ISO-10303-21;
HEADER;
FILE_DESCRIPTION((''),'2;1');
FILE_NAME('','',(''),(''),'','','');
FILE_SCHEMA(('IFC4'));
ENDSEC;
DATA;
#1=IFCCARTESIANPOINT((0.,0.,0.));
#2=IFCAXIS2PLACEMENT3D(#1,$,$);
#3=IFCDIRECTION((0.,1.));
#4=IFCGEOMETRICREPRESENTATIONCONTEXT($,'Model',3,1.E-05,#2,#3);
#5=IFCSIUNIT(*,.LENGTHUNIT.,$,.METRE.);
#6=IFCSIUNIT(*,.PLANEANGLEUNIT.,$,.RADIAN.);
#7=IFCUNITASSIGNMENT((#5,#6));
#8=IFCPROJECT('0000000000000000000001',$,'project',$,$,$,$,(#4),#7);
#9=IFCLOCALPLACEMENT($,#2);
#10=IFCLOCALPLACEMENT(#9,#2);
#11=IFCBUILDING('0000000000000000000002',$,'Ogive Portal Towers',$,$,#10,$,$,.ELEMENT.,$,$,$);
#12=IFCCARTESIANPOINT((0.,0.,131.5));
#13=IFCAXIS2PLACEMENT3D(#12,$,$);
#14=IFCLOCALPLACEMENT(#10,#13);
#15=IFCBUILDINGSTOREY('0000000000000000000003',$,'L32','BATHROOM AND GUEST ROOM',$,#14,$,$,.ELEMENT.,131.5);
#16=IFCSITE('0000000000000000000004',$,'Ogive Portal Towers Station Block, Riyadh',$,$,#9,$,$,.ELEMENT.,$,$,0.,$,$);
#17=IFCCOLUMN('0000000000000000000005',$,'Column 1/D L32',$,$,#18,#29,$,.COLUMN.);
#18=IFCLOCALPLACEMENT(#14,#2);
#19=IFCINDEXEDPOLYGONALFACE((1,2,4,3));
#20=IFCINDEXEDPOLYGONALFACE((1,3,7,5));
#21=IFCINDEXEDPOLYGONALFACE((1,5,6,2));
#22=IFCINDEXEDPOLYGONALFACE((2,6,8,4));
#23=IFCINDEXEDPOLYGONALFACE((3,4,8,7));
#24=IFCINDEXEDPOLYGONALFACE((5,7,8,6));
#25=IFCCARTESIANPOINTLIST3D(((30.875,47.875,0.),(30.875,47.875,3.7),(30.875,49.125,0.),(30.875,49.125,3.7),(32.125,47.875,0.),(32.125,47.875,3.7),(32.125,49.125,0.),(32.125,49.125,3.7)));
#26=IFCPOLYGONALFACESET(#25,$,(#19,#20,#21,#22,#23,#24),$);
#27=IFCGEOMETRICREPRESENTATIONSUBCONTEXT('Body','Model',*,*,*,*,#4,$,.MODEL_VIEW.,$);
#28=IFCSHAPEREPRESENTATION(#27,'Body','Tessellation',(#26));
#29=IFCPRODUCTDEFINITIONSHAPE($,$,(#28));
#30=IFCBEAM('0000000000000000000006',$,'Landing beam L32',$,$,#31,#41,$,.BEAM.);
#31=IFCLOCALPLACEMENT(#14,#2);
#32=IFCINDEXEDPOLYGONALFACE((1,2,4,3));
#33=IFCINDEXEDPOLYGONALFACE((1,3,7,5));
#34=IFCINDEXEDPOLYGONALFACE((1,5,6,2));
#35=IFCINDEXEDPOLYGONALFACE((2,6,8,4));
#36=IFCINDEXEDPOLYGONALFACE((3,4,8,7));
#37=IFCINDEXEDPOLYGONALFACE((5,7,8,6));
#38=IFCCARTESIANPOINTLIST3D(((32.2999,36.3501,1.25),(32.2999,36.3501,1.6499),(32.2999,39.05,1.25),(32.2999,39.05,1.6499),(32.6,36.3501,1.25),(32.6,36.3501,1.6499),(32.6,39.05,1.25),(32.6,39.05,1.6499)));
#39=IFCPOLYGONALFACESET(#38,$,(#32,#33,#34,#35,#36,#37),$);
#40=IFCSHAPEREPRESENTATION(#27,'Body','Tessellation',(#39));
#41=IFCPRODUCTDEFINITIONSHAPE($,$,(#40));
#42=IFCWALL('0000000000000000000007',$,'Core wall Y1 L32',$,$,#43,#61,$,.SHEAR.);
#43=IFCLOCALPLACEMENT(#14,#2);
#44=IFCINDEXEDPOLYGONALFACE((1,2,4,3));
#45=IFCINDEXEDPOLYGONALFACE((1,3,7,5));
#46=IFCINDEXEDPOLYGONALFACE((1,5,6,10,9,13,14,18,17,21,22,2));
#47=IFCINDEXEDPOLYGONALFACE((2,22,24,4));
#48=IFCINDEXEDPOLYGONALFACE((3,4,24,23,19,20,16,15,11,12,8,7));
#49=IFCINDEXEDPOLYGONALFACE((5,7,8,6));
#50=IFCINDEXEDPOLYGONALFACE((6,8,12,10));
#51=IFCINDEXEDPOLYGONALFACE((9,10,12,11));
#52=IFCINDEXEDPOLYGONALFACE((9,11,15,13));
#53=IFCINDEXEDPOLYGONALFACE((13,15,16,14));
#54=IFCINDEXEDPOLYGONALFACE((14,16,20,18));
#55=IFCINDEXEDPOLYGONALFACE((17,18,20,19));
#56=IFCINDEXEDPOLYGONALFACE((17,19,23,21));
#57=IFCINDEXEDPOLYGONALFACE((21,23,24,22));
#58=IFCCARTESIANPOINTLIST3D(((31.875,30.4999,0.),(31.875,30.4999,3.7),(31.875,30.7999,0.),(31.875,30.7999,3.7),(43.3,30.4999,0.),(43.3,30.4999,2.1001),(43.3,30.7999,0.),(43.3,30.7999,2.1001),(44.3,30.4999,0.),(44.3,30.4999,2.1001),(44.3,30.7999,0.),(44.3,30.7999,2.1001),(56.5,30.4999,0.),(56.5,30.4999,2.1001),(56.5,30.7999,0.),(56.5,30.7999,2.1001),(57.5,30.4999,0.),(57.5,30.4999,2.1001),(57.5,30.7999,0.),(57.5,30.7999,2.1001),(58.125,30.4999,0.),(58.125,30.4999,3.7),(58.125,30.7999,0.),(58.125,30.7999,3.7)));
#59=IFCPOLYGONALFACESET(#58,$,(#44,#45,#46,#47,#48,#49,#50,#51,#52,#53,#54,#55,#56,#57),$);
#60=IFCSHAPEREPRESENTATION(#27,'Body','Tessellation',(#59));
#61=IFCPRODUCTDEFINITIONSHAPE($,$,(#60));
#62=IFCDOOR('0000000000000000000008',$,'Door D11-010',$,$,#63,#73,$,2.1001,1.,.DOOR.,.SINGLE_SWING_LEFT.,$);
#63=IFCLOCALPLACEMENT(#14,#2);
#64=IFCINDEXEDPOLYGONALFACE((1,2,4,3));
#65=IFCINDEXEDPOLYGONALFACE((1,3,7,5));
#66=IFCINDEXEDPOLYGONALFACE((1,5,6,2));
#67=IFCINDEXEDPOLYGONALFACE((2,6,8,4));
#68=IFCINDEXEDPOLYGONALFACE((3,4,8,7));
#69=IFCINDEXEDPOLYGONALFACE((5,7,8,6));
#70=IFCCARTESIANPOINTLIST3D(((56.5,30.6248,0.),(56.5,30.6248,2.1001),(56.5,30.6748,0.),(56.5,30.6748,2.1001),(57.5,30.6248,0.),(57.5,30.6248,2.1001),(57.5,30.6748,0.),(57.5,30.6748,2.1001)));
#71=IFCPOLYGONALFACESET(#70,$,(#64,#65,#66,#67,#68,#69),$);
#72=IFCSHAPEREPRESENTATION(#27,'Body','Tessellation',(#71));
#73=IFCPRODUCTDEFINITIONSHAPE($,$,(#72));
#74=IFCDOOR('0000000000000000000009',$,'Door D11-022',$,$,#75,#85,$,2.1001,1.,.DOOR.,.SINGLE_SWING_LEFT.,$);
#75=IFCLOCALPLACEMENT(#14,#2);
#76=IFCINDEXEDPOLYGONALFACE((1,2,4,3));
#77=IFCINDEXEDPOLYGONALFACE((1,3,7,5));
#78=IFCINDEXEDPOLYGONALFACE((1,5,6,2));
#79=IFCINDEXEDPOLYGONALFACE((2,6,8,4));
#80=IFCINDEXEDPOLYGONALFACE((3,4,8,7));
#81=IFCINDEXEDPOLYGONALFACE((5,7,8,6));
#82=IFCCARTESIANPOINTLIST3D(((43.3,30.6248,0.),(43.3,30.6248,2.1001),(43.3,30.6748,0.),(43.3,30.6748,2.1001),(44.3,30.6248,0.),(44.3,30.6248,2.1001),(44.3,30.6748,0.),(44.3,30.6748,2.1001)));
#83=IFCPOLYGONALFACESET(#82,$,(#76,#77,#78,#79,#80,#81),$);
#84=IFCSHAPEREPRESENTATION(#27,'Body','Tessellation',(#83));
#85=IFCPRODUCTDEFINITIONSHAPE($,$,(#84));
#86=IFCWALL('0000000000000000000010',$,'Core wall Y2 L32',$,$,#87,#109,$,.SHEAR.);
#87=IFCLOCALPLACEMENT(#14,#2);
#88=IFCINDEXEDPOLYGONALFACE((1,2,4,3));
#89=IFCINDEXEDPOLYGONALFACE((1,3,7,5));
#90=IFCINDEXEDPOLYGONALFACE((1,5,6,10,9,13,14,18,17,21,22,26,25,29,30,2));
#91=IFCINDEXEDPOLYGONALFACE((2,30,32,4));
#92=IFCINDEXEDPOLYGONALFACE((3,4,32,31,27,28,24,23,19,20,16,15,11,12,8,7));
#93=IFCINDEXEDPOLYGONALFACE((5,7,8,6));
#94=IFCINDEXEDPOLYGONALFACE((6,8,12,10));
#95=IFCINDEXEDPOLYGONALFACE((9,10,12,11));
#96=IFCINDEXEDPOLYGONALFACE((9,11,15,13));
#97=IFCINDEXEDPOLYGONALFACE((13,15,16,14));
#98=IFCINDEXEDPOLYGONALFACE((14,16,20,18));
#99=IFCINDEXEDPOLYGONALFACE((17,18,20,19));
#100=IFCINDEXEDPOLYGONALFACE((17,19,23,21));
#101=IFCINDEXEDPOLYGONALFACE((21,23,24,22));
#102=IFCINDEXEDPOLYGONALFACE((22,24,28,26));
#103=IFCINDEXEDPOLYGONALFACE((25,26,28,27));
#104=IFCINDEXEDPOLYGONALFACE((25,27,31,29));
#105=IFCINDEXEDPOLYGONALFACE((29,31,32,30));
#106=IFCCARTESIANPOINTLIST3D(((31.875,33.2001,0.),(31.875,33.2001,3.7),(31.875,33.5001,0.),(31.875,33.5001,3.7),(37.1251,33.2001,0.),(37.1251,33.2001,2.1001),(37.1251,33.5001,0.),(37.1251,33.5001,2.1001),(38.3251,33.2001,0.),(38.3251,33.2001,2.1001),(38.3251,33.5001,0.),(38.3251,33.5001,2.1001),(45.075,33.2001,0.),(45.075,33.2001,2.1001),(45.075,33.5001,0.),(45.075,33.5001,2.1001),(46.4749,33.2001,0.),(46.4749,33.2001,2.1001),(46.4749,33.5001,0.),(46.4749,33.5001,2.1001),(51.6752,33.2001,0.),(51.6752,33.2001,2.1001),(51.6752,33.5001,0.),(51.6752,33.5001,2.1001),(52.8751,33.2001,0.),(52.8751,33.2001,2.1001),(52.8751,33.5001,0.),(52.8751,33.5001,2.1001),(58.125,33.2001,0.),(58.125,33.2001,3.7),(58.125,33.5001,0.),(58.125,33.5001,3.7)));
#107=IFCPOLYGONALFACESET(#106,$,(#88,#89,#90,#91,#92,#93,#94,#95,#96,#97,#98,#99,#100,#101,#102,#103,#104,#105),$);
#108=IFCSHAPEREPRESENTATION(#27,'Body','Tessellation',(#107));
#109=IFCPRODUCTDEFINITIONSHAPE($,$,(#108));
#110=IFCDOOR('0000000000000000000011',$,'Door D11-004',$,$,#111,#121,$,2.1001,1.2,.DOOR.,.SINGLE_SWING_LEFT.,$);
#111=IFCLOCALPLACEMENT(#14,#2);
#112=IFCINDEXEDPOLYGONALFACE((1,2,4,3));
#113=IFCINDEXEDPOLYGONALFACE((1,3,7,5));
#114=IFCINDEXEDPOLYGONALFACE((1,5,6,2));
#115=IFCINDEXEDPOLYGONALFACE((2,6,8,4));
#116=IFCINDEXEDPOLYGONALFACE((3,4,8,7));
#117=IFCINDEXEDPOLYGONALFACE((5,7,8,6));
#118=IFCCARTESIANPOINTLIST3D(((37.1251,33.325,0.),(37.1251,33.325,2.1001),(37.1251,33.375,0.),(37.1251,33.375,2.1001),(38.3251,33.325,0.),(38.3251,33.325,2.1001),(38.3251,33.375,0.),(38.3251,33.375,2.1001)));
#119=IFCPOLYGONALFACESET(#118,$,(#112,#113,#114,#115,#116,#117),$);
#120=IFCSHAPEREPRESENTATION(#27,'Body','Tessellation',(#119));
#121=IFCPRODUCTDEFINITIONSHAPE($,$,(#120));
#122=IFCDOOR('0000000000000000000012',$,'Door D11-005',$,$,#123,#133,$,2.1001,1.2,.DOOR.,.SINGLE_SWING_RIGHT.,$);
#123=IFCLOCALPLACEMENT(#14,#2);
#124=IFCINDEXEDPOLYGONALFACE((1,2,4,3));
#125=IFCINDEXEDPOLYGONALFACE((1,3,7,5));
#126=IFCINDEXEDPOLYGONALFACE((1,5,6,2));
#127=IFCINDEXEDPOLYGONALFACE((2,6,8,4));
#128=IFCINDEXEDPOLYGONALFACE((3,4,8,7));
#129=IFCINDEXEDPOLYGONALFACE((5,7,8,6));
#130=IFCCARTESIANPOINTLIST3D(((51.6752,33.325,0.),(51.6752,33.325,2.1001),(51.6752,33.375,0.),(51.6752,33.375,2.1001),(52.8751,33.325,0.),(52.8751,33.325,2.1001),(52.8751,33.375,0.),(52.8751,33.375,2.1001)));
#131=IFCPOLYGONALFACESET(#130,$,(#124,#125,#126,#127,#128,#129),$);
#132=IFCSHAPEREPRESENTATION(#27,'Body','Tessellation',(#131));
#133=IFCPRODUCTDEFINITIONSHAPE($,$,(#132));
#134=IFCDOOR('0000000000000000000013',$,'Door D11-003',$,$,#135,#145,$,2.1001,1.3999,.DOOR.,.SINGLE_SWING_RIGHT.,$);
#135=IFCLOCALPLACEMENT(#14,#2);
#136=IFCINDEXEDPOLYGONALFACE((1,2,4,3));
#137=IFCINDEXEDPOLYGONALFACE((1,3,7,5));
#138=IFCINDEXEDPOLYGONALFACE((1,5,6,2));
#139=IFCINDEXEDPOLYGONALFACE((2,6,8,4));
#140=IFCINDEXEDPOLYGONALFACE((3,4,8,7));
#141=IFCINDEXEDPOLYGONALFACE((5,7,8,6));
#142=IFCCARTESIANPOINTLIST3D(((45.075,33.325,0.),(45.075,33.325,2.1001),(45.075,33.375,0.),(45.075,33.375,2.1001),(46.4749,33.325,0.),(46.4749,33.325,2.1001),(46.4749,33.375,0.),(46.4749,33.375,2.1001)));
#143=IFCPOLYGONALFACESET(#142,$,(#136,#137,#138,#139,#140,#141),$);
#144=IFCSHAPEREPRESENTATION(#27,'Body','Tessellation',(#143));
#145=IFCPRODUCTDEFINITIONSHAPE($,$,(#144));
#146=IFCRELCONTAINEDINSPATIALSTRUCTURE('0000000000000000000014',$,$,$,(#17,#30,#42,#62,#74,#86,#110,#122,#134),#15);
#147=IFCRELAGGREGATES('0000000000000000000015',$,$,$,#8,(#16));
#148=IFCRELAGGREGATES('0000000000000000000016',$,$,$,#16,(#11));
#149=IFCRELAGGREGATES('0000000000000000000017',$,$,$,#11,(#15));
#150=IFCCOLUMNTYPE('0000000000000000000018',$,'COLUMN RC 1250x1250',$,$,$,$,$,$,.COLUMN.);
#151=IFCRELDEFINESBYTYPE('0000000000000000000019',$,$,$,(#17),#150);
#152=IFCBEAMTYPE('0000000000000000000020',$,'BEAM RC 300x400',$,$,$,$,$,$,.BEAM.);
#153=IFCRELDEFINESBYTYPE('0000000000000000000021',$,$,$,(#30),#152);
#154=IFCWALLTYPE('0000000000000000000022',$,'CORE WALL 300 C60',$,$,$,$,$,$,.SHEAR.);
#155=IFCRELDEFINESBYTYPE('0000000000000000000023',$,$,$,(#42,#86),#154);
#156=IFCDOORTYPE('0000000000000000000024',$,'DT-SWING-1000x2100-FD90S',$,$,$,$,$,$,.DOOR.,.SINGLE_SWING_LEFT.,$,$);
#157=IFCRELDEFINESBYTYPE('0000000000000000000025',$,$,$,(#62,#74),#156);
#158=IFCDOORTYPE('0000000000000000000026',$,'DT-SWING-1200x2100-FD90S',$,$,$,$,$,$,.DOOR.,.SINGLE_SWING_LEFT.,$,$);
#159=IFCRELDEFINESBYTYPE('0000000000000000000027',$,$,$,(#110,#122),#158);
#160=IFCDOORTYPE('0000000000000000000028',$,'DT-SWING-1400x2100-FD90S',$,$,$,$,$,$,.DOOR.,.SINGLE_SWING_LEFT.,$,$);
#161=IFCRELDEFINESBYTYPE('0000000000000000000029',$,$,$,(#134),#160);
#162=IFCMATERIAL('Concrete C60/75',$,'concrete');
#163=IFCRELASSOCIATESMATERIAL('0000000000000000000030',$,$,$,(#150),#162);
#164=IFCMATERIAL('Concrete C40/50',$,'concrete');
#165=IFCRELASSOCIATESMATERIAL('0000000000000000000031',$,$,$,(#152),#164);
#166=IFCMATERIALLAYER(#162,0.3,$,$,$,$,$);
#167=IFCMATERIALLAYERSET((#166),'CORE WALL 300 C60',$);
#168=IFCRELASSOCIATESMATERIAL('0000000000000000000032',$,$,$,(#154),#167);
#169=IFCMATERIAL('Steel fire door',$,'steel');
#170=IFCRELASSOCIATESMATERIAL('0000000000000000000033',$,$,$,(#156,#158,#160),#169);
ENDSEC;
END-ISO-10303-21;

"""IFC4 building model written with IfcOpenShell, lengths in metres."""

from ifc_helpers import new_model, si_unit, direction, frame, frame_2d, origin, origin_2d, place, context, subcontext, project, spatial, rectangle, extrude, material, layer, layer_set, material_profile, profile_set, type_object, element, fill, save


model = new_model("IFC4")

# Units and contexts
model_context = context("Model", 3, precision=1e-05, world=origin(), true_north=direction((0.0, 1.0)))
body_context = subcontext(model_context, "Body", "Model", "MODEL_VIEW")
ifc_project = project(units=[si_unit("LENGTHUNIT", "METRE"), si_unit("PLANEANGLEUNIT", "RADIAN")], contexts=[model_context])

# Site, building, storey
site_placement = place(None, origin())
site = spatial("IfcSite", under=ifc_project, at=site_placement, Name="Ogive Portal Towers Station Block, Riyadh", CompositionType="ELEMENT", RefElevation=0.0)
building_placement = place(site_placement, origin())
building = spatial("IfcBuilding", under=site, at=building_placement, Name="Ogive Portal Towers", CompositionType="ELEMENT")
storey_placement = place(building_placement, frame((0.0, 0.0, 131.5)))
storey = spatial("IfcBuildingStorey", under=building, at=storey_placement, Name="L32", Description="BATHROOM AND GUEST ROOM", CompositionType="ELEMENT", Elevation=131.5)

# Column
ifc_material_1 = material(Name="Concrete C60/75", Category="concrete")
ifc_material_profile_1 = material_profile(ifc_material_1, rectangle(XDim=1.25, YDim=1.25, at=origin_2d()), Name="RC 1250x1250")
ifc_profile_set_1 = profile_set([ifc_material_profile_1], Name="Concrete C60/75")
column_type = type_object("IfcColumnType", Name="COLUMN RC 1250x1250", PredefinedType="COLUMN", material=ifc_profile_set_1)
column_placement = place(storey_placement, frame((31.5, 48.5, 0.0), z_axis=(0.0, 0.0, 1.0), x_axis=(1.0, 0.0, 0.0)))
element("IfcColumn", 1, at=column_placement, inside=storey, type_object=column_type, Name="Column 1/D L32", PredefinedType="COLUMN", context=body_context, shape_type="SweptSolid", body=[
    extrude(rectangle(XDim=1.25, YDim=1.25, at=origin_2d()), origin(), (0.0, 0.0, 1.0), 3.7),
])

# Beam
ifc_material_2 = material(Name="Concrete C40/50", Category="concrete")
ifc_material_profile_2 = material_profile(ifc_material_2, rectangle(XDim=0.3, YDim=0.3999, at=origin_2d()), Name="RC 300x400")
ifc_profile_set_2 = profile_set([ifc_material_profile_2], Name="Concrete C40/50")
beam_type = type_object("IfcBeamType", Name="BEAM RC 300x400", PredefinedType="BEAM", material=ifc_profile_set_2)
beam_placement = place(storey_placement, frame((32.45, 36.3501, 1.45), z_axis=(0.0, 1.0, 0.0), x_axis=(-1.0, 0.0, 0.0)))
element("IfcBeam", 2, at=beam_placement, inside=storey, type_object=beam_type, Name="Landing beam L32", PredefinedType="BEAM", context=body_context, shape_type="SweptSolid", body=[
    extrude(rectangle(XDim=0.3, YDim=0.3999, at=origin_2d()), origin(), (0.0, 0.0, 1.0), 2.7),
])

# Walls, openings, doors
ifc_layer_1 = layer(ifc_material_1, 0.3)
ifc_layer_set_1 = layer_set([ifc_layer_1], Name="CORE WALL 300 C60")
wall_type_1 = type_object("IfcWallType", Name="CORE WALL 300 C60", PredefinedType="SHEAR", material=ifc_layer_set_1)
wall_1_placement = place(storey_placement, frame((31.875, 30.6499, 0.0), z_axis=(0.0, 0.0, 1.0), x_axis=(1.0, 0.0, 0.0)))
wall_1 = element("IfcWall", 3, at=wall_1_placement, inside=storey, type_object=wall_type_1, Name="Core wall Y1 L32", PredefinedType="SHEAR", context=body_context, shape_type="SweptSolid", body=[
    extrude(rectangle(XDim=26.25, YDim=0.3, at=frame_2d((13.125, 0.0))), origin(), (0.0, 0.0, 1.0), 3.7),
])
opening_1_placement = place(wall_1_placement, frame((24.625, 0.0, 0.0)))
opening_1 = element("IfcOpeningElement", 4, at=opening_1_placement, cuts=wall_1, PredefinedType="OPENING", context=body_context, shape_type="SweptSolid", body=[
    extrude(rectangle(XDim=1.0, YDim=2.1001, at=frame_2d((0.5, 1.05))), frame((0.0, 0.1602, 0.0), z_axis=(0.0, -1.0, 0.0), x_axis=(1.0, 0.0, 0.0)), (0.0, 0.0, 1.0), 0.3201),
])
opening_2_placement = place(wall_1_placement, frame((11.425, 0.0, 0.0)))
opening_2 = element("IfcOpeningElement", 5, at=opening_2_placement, cuts=wall_1, PredefinedType="OPENING", context=body_context, shape_type="SweptSolid", body=[
    extrude(rectangle(XDim=1.0, YDim=2.1001, at=frame_2d((0.5, 1.05))), frame((0.0, 0.1602, 0.0), z_axis=(0.0, -1.0, 0.0), x_axis=(1.0, 0.0, 0.0)), (0.0, 0.0, 1.0), 0.3201),
])
ifc_material_3 = material(Name="Steel fire door", Category="steel")
door_type_1 = type_object("IfcDoorType", Name="DT-SWING-1000x2100-FD90S", OperationType="SINGLE_SWING_LEFT", PredefinedType="DOOR", material=ifc_material_3)
door_1_placement = place(opening_1_placement, origin())
door_1 = element("IfcDoor", 6, at=door_1_placement, inside=storey, type_object=door_type_1, Name="Door D11-010", OperationType="SINGLE_SWING_LEFT", OverallHeight=2.1001, OverallWidth=1.0, PredefinedType="DOOR", context=body_context, shape_type="SweptSolid", body=[
    extrude(rectangle(XDim=1.0, YDim=2.1001, at=frame_2d((0.5, 1.05))), frame((0.0, 0.0249, 0.0), z_axis=(0.0, -1.0, 0.0), x_axis=(1.0, 0.0, 0.0)), (0.0, 0.0, 1.0), 0.05),
])
fill(opening_1, door_1)
door_2_placement = place(opening_2_placement, origin())
door_2 = element("IfcDoor", 7, at=door_2_placement, inside=storey, type_object=door_type_1, Name="Door D11-022", OperationType="SINGLE_SWING_LEFT", OverallHeight=2.1001, OverallWidth=1.0, PredefinedType="DOOR", context=body_context, shape_type="SweptSolid", body=[
    extrude(rectangle(XDim=1.0, YDim=2.1001, at=frame_2d((0.5, 1.05))), frame((0.0, 0.0249, 0.0), z_axis=(0.0, -1.0, 0.0), x_axis=(1.0, 0.0, 0.0)), (0.0, 0.0, 1.0), 0.05),
])
fill(opening_2, door_2)
wall_2_placement = place(storey_placement, frame((31.875, 33.3501, 0.0), z_axis=(0.0, 0.0, 1.0), x_axis=(1.0, 0.0, 0.0)))
wall_2 = element("IfcWall", 8, at=wall_2_placement, inside=storey, type_object=wall_type_1, Name="Core wall Y2 L32", PredefinedType="SHEAR", context=body_context, shape_type="SweptSolid", body=[
    extrude(rectangle(XDim=26.25, YDim=0.3, at=frame_2d((13.125, 0.0))), origin(), (0.0, 0.0, 1.0), 3.7),
])
opening_3_placement = place(wall_2_placement, frame((13.2, 0.0, 0.0)))
opening_3 = element("IfcOpeningElement", 9, at=opening_3_placement, cuts=wall_2, PredefinedType="OPENING", context=body_context, shape_type="SweptSolid", body=[
    extrude(rectangle(XDim=1.3999, YDim=2.1001, at=frame_2d((0.7, 1.05))), frame((0.0, 0.1602, 0.0), z_axis=(0.0, -1.0, 0.0), x_axis=(1.0, 0.0, 0.0)), (0.0, 0.0, 1.0), 0.3201),
])
opening_4_placement = place(wall_2_placement, frame((5.25, 0.0, 0.0)))
opening_4 = element("IfcOpeningElement", 10, at=opening_4_placement, cuts=wall_2, PredefinedType="OPENING", context=body_context, shape_type="SweptSolid", body=[
    extrude(rectangle(XDim=1.2, YDim=2.1001, at=frame_2d((0.6001, 1.05))), frame((0.0, 0.1602, 0.0), z_axis=(0.0, -1.0, 0.0), x_axis=(1.0, 0.0, 0.0)), (0.0, 0.0, 1.0), 0.3201),
])
opening_5_placement = place(wall_2_placement, frame((19.8, 0.0, 0.0)))
opening_5 = element("IfcOpeningElement", 11, at=opening_5_placement, cuts=wall_2, PredefinedType="OPENING", context=body_context, shape_type="SweptSolid", body=[
    extrude(rectangle(XDim=1.2, YDim=2.1001, at=frame_2d((0.6001, 1.05))), frame((0.0, 0.1602, 0.0), z_axis=(0.0, -1.0, 0.0), x_axis=(1.0, 0.0, 0.0)), (0.0, 0.0, 1.0), 0.3201),
])
door_type_2 = type_object("IfcDoorType", Name="DT-SWING-1200x2100-FD90S", OperationType="SINGLE_SWING_LEFT", PredefinedType="DOOR", material=ifc_material_3)
door_3_placement = place(opening_4_placement, origin())
door_3 = element("IfcDoor", 12, at=door_3_placement, inside=storey, type_object=door_type_2, Name="Door D11-004", OperationType="SINGLE_SWING_LEFT", OverallHeight=2.1001, OverallWidth=1.2, PredefinedType="DOOR", context=body_context, shape_type="SweptSolid", body=[
    extrude(rectangle(XDim=1.2, YDim=2.1001, at=frame_2d((0.6001, 1.05))), frame((0.0, 0.0249, 0.0), z_axis=(0.0, -1.0, 0.0), x_axis=(1.0, 0.0, 0.0)), (0.0, 0.0, 1.0), 0.05),
])
fill(opening_4, door_3)
door_4_placement = place(opening_5_placement, origin())
door_4 = element("IfcDoor", 13, at=door_4_placement, inside=storey, type_object=door_type_2, Name="Door D11-005", OperationType="SINGLE_SWING_RIGHT", OverallHeight=2.1001, OverallWidth=1.2, PredefinedType="DOOR", context=body_context, shape_type="SweptSolid", body=[
    extrude(rectangle(XDim=1.2, YDim=2.1001, at=frame_2d((0.6001, 1.05))), frame((0.0, 0.0249, 0.0), z_axis=(0.0, -1.0, 0.0), x_axis=(1.0, 0.0, 0.0)), (0.0, 0.0, 1.0), 0.05),
])
fill(opening_5, door_4)
door_type_3 = type_object("IfcDoorType", Name="DT-SWING-1400x2100-FD90S", OperationType="SINGLE_SWING_LEFT", PredefinedType="DOOR", material=ifc_material_3)
door_5_placement = place(opening_3_placement, origin())
door_5 = element("IfcDoor", 14, at=door_5_placement, inside=storey, type_object=door_type_3, Name="Door D11-003", OperationType="SINGLE_SWING_RIGHT", OverallHeight=2.1001, OverallWidth=1.3999, PredefinedType="DOOR", context=body_context, shape_type="SweptSolid", body=[
    extrude(rectangle(XDim=1.3999, YDim=2.1001, at=frame_2d((0.7, 1.05))), frame((0.0, 0.0249, 0.0), z_axis=(0.0, -1.0, 0.0), x_axis=(1.0, 0.0, 0.0)), (0.0, 0.0, 1.0), 0.05),
])
fill(opening_3, door_5)

save(model, "model.ifc")
